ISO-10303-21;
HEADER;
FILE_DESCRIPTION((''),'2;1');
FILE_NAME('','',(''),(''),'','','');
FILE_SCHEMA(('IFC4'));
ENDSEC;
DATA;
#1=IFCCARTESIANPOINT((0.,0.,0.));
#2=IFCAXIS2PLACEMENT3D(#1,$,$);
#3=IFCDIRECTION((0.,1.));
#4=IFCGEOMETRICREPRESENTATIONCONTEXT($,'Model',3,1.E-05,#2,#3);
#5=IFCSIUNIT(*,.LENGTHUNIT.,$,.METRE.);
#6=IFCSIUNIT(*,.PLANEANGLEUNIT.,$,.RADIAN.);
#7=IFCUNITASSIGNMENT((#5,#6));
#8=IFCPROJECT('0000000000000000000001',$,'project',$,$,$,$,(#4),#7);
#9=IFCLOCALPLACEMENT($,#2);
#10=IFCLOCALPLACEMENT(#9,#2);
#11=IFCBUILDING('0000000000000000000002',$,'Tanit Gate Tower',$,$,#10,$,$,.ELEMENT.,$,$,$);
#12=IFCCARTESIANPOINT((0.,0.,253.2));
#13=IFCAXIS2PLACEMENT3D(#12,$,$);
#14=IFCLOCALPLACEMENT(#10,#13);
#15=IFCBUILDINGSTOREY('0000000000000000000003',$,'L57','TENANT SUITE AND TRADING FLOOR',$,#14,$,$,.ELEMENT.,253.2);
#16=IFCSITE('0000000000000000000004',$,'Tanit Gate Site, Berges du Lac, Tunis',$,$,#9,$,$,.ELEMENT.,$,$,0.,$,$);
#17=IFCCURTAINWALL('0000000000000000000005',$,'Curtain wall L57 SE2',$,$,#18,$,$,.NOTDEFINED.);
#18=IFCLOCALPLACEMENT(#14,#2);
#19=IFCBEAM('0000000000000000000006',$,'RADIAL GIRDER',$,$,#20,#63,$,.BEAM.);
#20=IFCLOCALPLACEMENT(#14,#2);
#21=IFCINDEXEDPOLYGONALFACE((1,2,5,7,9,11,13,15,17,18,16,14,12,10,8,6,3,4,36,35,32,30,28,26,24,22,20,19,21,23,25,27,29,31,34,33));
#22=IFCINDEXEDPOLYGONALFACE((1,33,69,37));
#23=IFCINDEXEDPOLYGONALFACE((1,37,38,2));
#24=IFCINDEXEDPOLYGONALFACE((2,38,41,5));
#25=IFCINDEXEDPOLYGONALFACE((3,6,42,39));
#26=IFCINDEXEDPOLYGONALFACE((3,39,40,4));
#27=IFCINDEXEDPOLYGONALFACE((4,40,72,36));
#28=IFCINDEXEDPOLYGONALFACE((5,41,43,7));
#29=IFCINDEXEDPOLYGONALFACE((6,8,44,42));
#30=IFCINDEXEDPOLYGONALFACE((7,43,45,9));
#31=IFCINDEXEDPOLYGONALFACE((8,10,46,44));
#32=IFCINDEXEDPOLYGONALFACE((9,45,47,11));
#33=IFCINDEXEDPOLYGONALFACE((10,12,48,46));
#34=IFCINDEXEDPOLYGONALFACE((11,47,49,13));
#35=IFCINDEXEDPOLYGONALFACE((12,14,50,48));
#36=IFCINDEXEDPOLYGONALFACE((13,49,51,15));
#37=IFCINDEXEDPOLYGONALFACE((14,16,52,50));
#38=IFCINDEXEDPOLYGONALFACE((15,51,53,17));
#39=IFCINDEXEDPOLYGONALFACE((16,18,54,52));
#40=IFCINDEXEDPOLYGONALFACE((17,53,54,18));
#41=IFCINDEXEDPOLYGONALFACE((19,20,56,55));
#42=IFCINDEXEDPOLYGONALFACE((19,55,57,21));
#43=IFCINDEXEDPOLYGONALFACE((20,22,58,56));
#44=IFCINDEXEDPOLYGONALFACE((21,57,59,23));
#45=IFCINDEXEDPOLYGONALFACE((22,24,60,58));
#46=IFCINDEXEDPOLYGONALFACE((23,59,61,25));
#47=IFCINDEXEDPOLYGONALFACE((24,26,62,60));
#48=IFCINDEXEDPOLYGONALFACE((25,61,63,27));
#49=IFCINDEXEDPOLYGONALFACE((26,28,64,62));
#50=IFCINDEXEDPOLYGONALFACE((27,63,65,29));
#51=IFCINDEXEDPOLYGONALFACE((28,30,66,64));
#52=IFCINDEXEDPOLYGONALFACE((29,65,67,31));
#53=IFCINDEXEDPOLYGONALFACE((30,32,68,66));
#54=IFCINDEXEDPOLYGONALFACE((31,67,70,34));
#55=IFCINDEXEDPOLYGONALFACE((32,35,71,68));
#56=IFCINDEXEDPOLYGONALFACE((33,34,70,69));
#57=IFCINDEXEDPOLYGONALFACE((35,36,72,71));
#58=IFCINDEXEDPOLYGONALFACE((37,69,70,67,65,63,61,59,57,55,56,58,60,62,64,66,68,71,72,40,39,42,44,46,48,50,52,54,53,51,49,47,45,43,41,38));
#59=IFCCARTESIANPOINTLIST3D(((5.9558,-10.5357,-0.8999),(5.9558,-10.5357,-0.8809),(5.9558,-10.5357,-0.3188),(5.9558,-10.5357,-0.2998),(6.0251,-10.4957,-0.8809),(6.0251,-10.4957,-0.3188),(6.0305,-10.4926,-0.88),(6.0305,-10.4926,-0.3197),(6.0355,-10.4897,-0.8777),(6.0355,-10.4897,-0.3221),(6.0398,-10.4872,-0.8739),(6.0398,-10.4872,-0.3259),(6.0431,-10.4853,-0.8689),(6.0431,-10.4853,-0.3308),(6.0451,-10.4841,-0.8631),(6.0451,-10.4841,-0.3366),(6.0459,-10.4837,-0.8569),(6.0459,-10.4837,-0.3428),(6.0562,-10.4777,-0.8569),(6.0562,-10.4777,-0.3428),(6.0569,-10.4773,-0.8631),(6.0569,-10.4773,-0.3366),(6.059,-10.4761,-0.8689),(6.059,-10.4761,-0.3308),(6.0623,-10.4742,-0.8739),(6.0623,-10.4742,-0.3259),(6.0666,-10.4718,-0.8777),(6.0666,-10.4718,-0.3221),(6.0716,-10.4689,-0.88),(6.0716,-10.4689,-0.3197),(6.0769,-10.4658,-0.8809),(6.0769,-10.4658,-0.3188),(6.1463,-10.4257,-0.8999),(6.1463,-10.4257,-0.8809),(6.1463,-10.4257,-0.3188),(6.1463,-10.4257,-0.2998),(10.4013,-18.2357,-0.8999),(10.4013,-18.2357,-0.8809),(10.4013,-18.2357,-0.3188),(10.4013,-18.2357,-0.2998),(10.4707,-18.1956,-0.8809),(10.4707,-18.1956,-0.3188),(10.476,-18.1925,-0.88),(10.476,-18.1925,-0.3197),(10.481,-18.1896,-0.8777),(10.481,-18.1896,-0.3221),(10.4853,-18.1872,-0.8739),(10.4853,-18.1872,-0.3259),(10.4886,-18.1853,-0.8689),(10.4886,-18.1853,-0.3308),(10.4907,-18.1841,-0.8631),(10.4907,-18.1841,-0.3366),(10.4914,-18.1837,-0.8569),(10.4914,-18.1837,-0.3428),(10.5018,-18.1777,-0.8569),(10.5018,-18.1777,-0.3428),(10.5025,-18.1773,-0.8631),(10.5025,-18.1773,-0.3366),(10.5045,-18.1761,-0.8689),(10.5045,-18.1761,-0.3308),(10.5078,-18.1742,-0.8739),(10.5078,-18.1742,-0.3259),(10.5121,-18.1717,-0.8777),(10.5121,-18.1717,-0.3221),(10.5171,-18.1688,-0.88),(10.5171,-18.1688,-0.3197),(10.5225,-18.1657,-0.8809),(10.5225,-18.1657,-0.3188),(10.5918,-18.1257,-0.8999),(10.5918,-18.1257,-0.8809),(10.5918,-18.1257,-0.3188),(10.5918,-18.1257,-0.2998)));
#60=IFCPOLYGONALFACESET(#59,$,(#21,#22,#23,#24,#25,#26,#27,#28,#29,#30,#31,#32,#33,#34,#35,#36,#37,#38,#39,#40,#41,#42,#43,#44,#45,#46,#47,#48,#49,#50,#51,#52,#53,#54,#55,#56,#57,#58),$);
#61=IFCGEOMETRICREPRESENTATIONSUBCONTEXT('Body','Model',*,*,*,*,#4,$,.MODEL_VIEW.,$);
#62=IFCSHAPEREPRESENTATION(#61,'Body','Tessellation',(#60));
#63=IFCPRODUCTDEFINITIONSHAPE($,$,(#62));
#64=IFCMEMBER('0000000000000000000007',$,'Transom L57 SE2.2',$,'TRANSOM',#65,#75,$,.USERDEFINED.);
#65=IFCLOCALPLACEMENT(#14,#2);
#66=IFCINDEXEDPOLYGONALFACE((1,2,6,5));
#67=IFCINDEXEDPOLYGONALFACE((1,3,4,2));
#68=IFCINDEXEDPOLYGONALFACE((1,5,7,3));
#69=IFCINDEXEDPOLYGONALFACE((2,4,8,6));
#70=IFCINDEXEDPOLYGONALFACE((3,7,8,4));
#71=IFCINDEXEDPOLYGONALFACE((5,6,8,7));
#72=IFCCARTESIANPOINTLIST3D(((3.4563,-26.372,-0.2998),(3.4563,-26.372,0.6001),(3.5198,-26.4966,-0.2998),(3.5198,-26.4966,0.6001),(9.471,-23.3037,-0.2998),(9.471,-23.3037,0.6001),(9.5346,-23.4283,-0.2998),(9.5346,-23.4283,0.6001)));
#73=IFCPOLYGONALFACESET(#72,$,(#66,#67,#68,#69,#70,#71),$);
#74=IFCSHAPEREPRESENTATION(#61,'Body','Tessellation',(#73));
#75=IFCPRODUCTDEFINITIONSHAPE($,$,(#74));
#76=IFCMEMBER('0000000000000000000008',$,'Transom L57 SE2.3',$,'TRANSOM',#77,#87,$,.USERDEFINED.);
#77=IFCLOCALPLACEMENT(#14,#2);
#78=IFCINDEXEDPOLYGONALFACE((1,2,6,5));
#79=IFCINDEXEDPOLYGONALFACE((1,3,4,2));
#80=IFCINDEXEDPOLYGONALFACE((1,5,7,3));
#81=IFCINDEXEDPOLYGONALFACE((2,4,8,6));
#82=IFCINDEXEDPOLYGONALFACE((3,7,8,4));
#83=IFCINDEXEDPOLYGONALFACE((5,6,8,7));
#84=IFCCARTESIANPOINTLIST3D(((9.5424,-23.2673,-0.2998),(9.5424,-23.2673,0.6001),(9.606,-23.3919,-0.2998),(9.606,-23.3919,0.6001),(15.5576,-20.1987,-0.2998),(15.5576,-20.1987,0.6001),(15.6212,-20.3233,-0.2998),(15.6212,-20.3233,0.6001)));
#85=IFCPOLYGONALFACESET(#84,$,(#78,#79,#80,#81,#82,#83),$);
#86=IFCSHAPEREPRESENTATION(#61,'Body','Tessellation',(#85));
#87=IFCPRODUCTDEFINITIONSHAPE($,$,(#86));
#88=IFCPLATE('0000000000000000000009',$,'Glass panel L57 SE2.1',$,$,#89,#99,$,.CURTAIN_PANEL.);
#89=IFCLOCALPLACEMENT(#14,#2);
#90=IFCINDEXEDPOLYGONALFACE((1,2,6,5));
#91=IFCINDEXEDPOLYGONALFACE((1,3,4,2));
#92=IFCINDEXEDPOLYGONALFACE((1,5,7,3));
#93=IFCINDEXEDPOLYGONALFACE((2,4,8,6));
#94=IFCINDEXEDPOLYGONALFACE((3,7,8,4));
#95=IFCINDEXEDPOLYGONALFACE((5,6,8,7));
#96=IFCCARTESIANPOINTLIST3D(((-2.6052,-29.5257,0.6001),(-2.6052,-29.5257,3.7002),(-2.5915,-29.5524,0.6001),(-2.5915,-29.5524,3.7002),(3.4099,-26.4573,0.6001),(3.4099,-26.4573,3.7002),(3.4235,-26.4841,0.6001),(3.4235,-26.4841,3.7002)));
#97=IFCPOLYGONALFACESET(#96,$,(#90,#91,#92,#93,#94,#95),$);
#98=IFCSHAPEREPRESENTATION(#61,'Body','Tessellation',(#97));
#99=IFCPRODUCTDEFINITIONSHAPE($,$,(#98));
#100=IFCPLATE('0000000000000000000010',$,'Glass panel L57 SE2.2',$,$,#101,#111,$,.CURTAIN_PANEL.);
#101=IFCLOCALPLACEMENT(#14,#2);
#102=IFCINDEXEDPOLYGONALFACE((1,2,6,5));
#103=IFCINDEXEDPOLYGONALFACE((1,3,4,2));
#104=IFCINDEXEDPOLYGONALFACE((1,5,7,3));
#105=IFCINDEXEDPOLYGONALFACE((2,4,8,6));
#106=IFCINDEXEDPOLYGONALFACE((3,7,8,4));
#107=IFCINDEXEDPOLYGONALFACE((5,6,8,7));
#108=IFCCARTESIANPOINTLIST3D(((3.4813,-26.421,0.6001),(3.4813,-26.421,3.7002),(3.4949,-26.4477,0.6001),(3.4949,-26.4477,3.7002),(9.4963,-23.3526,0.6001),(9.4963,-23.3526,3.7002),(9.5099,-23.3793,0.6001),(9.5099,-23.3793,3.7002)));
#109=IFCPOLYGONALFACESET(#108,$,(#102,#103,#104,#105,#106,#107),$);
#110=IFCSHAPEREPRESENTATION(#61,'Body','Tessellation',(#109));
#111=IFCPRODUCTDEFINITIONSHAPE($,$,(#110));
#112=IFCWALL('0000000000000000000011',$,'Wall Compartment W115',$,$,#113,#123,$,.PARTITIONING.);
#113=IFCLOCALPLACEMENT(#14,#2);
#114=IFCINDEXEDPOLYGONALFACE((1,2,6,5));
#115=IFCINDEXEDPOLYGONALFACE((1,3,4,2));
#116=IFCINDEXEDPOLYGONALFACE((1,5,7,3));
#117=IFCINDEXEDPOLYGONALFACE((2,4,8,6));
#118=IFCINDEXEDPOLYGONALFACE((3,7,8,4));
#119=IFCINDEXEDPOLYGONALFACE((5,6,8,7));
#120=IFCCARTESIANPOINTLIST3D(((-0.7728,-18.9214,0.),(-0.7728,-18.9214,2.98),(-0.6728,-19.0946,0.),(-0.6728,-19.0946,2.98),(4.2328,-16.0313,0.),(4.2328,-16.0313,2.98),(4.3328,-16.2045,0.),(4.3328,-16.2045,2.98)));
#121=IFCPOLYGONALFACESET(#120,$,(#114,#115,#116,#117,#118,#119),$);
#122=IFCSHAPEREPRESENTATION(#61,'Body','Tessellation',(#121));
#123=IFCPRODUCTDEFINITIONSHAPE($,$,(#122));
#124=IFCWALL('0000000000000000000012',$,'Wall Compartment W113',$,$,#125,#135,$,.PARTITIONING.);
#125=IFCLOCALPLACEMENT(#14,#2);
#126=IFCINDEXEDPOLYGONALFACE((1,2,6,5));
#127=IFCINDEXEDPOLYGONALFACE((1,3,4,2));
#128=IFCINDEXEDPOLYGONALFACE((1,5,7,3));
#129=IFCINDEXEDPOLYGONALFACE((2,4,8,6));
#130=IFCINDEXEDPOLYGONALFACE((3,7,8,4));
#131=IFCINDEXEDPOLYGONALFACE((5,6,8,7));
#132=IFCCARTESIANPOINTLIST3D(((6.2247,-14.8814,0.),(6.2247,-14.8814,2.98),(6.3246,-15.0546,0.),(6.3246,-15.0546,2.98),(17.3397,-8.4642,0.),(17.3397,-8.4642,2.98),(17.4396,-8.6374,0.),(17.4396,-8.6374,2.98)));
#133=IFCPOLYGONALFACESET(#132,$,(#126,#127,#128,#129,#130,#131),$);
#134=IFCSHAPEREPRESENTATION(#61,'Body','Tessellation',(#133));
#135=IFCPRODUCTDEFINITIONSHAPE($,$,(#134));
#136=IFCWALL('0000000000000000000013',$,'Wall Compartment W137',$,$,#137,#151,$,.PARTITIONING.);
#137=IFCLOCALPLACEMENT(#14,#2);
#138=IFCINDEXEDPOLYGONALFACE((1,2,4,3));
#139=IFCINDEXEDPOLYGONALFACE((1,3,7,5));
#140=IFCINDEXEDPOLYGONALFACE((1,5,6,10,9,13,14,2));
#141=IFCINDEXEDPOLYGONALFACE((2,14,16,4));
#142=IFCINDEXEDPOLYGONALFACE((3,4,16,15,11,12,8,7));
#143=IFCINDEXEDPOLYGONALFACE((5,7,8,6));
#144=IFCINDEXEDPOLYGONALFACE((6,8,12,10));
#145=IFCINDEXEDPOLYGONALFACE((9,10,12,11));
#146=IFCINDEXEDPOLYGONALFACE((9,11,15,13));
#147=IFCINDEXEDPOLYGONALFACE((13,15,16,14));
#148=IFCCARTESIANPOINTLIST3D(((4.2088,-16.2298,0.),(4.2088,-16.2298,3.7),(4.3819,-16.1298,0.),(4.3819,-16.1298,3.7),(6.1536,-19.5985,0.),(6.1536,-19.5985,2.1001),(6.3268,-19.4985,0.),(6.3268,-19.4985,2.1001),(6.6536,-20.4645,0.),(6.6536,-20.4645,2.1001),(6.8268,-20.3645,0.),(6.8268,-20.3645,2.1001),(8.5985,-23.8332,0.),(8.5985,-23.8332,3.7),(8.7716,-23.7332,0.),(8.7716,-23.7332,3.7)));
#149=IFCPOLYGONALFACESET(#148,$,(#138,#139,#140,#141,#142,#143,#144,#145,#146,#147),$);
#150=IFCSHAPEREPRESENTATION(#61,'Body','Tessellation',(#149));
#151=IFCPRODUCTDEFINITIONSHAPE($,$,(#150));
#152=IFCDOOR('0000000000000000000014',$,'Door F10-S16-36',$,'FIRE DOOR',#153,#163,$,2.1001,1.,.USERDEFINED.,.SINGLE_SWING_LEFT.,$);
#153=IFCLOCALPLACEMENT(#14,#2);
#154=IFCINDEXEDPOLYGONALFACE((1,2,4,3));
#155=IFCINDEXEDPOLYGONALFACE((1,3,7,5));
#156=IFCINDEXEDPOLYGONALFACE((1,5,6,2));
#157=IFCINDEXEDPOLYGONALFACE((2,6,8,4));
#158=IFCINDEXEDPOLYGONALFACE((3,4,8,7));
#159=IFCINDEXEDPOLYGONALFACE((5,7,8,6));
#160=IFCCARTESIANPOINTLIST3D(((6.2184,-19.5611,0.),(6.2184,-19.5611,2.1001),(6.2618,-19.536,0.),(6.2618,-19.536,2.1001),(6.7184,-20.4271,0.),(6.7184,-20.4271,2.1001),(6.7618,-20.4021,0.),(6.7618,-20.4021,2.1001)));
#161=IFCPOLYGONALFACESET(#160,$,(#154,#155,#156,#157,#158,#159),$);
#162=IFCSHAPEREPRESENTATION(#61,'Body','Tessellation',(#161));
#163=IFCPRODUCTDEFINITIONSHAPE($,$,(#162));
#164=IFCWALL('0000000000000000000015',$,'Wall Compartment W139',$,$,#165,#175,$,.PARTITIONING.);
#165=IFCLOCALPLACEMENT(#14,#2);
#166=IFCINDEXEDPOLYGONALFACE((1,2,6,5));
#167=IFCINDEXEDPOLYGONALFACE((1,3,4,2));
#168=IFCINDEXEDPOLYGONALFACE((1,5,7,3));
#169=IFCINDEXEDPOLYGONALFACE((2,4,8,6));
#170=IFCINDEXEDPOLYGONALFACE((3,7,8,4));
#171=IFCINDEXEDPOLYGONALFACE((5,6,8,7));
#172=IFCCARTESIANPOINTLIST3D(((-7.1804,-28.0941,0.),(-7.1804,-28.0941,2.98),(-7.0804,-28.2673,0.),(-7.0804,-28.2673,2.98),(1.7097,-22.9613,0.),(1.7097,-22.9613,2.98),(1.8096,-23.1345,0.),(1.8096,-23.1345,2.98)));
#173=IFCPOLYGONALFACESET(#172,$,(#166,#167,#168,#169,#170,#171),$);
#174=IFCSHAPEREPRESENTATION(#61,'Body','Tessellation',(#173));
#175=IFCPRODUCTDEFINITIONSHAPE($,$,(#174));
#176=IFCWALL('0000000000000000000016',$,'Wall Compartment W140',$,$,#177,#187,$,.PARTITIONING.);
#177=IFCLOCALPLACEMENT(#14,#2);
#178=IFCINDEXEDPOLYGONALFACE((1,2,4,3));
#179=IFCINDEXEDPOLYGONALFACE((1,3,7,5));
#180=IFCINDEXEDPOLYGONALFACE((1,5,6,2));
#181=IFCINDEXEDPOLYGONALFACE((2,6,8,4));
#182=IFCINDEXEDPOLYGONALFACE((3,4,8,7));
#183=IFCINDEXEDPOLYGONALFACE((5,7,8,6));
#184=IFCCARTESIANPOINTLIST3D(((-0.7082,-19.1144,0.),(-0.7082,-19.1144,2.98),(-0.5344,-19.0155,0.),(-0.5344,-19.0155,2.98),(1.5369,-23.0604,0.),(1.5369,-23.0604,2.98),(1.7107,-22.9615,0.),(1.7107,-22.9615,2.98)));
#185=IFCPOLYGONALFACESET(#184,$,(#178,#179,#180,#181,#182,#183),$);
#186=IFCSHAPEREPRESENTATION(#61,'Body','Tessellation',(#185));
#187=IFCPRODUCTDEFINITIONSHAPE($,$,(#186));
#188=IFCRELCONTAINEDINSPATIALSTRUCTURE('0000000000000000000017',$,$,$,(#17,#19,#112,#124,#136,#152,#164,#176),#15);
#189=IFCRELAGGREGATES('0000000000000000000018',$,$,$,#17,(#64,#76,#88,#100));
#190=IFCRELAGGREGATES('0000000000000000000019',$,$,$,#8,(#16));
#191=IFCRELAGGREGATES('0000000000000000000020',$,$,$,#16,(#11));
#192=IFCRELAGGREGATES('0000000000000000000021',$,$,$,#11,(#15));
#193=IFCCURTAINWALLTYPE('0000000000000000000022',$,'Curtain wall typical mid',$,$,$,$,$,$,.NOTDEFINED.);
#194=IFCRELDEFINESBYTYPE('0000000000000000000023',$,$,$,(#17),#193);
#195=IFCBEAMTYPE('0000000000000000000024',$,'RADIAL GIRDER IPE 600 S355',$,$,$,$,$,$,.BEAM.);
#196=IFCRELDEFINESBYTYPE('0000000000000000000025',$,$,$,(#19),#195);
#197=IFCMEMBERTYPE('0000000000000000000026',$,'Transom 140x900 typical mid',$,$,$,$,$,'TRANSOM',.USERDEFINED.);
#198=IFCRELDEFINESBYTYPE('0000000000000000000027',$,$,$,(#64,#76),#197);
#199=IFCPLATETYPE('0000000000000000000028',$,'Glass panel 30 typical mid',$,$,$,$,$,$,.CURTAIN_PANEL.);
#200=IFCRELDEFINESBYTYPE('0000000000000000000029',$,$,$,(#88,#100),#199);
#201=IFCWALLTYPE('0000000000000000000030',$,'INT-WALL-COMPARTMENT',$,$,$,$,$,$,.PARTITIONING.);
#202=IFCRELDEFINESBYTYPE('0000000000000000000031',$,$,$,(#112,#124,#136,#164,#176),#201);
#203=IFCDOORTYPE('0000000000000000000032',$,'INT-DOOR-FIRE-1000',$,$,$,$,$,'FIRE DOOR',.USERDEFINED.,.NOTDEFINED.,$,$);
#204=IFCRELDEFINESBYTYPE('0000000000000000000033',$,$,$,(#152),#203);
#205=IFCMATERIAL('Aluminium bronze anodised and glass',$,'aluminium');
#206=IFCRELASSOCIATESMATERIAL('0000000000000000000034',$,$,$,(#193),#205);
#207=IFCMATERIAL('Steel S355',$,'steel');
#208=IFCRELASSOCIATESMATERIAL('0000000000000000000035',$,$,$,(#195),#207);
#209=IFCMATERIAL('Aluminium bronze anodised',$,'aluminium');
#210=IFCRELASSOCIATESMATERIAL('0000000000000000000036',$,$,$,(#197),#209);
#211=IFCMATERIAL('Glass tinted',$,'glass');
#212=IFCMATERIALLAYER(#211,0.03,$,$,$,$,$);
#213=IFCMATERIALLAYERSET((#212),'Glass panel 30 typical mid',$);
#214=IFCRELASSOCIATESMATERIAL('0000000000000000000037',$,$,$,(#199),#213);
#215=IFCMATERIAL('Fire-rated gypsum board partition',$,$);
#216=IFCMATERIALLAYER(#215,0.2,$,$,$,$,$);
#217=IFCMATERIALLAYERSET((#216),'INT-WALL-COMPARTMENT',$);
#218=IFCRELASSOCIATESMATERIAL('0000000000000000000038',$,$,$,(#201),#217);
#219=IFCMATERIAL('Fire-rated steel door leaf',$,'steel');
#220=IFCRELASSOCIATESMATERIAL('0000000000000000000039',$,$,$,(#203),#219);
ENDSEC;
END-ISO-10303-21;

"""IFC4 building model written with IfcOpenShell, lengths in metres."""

from ifc_helpers import new_model, si_unit, direction, frame, frame_2d, origin, origin_2d, place, context, subcontext, project, spatial, rectangle, i_section, extrude, material, layer, layer_set, material_profile, profile_set, type_object, element, fill, aggregate, save


model = new_model("IFC4")

# Units and contexts
model_context = context("Model", 3, precision=1e-05, world=origin(), true_north=direction((0.0, 1.0)))
body_context = subcontext(model_context, "Body", "Model", "MODEL_VIEW")
ifc_project = project(units=[si_unit("LENGTHUNIT", "METRE"), si_unit("PLANEANGLEUNIT", "RADIAN")], contexts=[model_context])

# Site, building, storey
site_placement = place(None, origin())
site = spatial("IfcSite", under=ifc_project, at=site_placement, Name="Tanit Gate Site, Berges du Lac, Tunis", CompositionType="ELEMENT", RefElevation=0.0)
building_placement = place(site_placement, origin())
building = spatial("IfcBuilding", under=site, at=building_placement, Name="Tanit Gate Tower", CompositionType="ELEMENT")
storey_placement = place(building_placement, frame((0.0, 0.0, 253.2)))
storey = spatial("IfcBuildingStorey", under=building, at=storey_placement, Name="L57", Description="TENANT SUITE AND TRADING FLOOR", CompositionType="ELEMENT", Elevation=253.2)

# Curtain wall
ifc_material_1 = material(Name="Aluminium bronze anodised and glass", Category="aluminium")
curtain_wall_type = type_object("IfcCurtainWallType", Name="Curtain wall typical mid", PredefinedType="NOTDEFINED", material=ifc_material_1)
curtain_wall_placement = place(storey_placement, origin())
curtain_wall = element("IfcCurtainWall", 1, at=curtain_wall_placement, inside=storey, type_object=curtain_wall_type, Name="Curtain wall L57 SE2", PredefinedType="NOTDEFINED")

# Beam
ifc_material_2 = material(Name="Steel S355", Category="steel")
ifc_material_profile_1 = material_profile(ifc_material_2, i_section(OverallWidth=0.22, OverallDepth=0.6001, WebThickness=0.012, FlangeThickness=0.019, FilletRadius=0.0239, at=origin_2d()), Name="IPE 600")
ifc_profile_set_1 = profile_set([ifc_material_profile_1], Name="Steel S355")
beam_type_1 = type_object("IfcBeamType", Name="RADIAL GIRDER IPE 600 S355", PredefinedType="BEAM", material=ifc_profile_set_1)
beam_1_placement = place(storey_placement, frame((10.4966, -18.1807, -0.5999), z_axis=(-0.499999, 0.866026, 0.0), x_axis=(-0.866026, -0.499999, 0.0)))
element("IfcBeam", 2, at=beam_1_placement, inside=storey, type_object=beam_type_1, Name="RADIAL GIRDER", PredefinedType="BEAM", context=body_context, shape_type="SweptSolid", body=[
    extrude(i_section(OverallWidth=0.22, OverallDepth=0.6001, WebThickness=0.012, FlangeThickness=0.019, FilletRadius=0.0239, at=origin_2d()), origin(), (0.0, 0.0, 1.0), 8.8911),
])

# Members
ifc_material_3 = material(Name="Aluminium bronze anodised", Category="aluminium")
ifc_material_profile_2 = material_profile(ifc_material_3, rectangle(XDim=0.1399, YDim=0.8999, at=origin_2d()), Name="140x900 bronze transom")
ifc_profile_set_2 = profile_set([ifc_material_profile_2], Name="Aluminium bronze anodised")
member_type_1 = type_object("IfcMemberType", Name="Transom 140x900 typical mid", ElementType="TRANSOM", PredefinedType="USERDEFINED", material=ifc_profile_set_2)
member_1_placement = place(storey_placement, frame((3.488, -26.4343, 0.1501), z_axis=(0.89079, 0.454416, 0.0), x_axis=(-0.454416, 0.89079, 0.0)))
member_1 = element("IfcMember", 3, at=member_1_placement, type_object=member_type_1, Name="Transom L57 SE2.2", ObjectType="TRANSOM", PredefinedType="USERDEFINED", context=body_context, shape_type="SweptSolid", body=[
    extrude(rectangle(XDim=0.1399, YDim=0.8999, at=origin_2d()), origin(), (0.0, 0.0, 1.0), 6.7522),
])
member_2_placement = place(storey_placement, frame((9.5742, -23.3296, 0.1501), z_axis=(0.890782, 0.45443, 0.0), x_axis=(-0.45443, 0.890782, 0.0)))
member_2 = element("IfcMember", 4, at=member_2_placement, type_object=member_type_1, Name="Transom L57 SE2.3", ObjectType="TRANSOM", PredefinedType="USERDEFINED", context=body_context, shape_type="SweptSolid", body=[
    extrude(rectangle(XDim=0.1399, YDim=0.8999, at=origin_2d()), origin(), (0.0, 0.0, 1.0), 6.7527),
])

# Plates
ifc_material_4 = material(Name="Glass tinted", Category="glass")
ifc_layer_1 = layer(ifc_material_4, 0.03)
ifc_layer_set_1 = layer_set([ifc_layer_1], Name="Glass panel 30 typical mid")
plate_type = type_object("IfcPlateType", Name="Glass panel 30 typical mid", PredefinedType="CURTAIN_PANEL", material=ifc_layer_set_1)
plate_1_placement = place(storey_placement, frame((0.4092, -28.0049, 0.6001), z_axis=(0.0, 0.0, 1.0), x_axis=(0.890792, 0.454411, 0.0)))
plate_1 = element("IfcPlate", 5, at=plate_1_placement, type_object=plate_type, Name="Glass panel L57 SE2.1", PredefinedType="CURTAIN_PANEL", context=body_context, shape_type="SweptSolid", body=[
    extrude(rectangle(XDim=6.7524, YDim=0.03, at=origin_2d()), origin(), (0.0, 0.0, 1.0), 3.1001),
])
plate_2_placement = place(storey_placement, frame((6.4956, -24.9001, 0.6001), z_axis=(0.0, 0.0, 1.0), x_axis=(0.890792, 0.454411, 0.0)))
plate_2 = element("IfcPlate", 6, at=plate_2_placement, type_object=plate_type, Name="Glass panel L57 SE2.2", PredefinedType="CURTAIN_PANEL", context=body_context, shape_type="SweptSolid", body=[
    extrude(rectangle(XDim=6.7524, YDim=0.03, at=origin_2d()), origin(), (0.0, 0.0, 1.0), 3.1001),
])
aggregate(curtain_wall, [member_1, member_2, plate_1, plate_2])

# Walls
ifc_material_5 = material(Name="Fire-rated gypsum board partition")
ifc_layer_2 = layer(ifc_material_5, 0.2)
ifc_layer_set_2 = layer_set([ifc_layer_2], Name="INT-WALL-COMPARTMENT")
wall_type_1 = type_object("IfcWallType", Name="INT-WALL-COMPARTMENT", PredefinedType="PARTITIONING", material=ifc_layer_set_2)
wall_1_placement = place(storey_placement, frame((-0.7229, -19.0081, 0.0), z_axis=(0.0, 0.0, 1.0), x_axis=(0.866015, 0.500019, 0.0)))
element("IfcWall", 7, at=wall_1_placement, inside=storey, type_object=wall_type_1, Name="Wall Compartment W115", PredefinedType="PARTITIONING", context=body_context, shape_type="SweptSolid", body=[
    extrude(rectangle(XDim=5.78, YDim=0.2, at=frame_2d((2.8901, 0.0))), origin(), (0.0, 0.0, 1.0), 2.98),
])
wall_2_placement = place(storey_placement, frame((6.2747, -14.968, 0.0), z_axis=(0.0, 0.0, 1.0), x_axis=(0.866026, 0.5, 0.0)))
element("IfcWall", 8, at=wall_2_placement, inside=storey, type_object=wall_type_1, Name="Wall Compartment W113", PredefinedType="PARTITIONING", context=body_context, shape_type="SweptSolid", body=[
    extrude(rectangle(XDim=12.8345, YDim=0.2, at=frame_2d((6.4172, 0.0))), origin(), (0.0, 0.0, 1.0), 2.98),
])

# Wall, opening, door
wall_3_placement = place(storey_placement, frame((4.2954, -16.1799, 0.0), z_axis=(0.0, 0.0, 1.0), x_axis=(0.499991, -0.86603, 0.0)))
wall_3 = element("IfcWall", 9, at=wall_3_placement, inside=storey, type_object=wall_type_1, Name="Wall Compartment W137", PredefinedType="PARTITIONING", context=body_context, shape_type="SweptSolid", body=[
    extrude(rectangle(XDim=8.7795, YDim=0.2, at=frame_2d((4.3896, 0.0))), origin(), (0.0, 0.0, 1.0), 3.7),
])
opening_1_placement = place(wall_3_placement, frame((3.8896, 0.0, 0.0)))
opening_1 = element("IfcOpeningElement", 10, at=opening_1_placement, cuts=wall_3, PredefinedType="OPENING", context=body_context, shape_type="SweptSolid", body=[
    extrude(rectangle(XDim=1.0, YDim=2.1001, at=frame_2d((0.5, 1.05))), frame((0.0, 0.1099, 0.0), z_axis=(0.0, -1.0, 0.0), x_axis=(1.0, 0.0, 0.0)), (0.0, 0.0, 1.0), 0.22),
])
ifc_material_6 = material(Name="Fire-rated steel door leaf", Category="steel")
door_type_1 = type_object("IfcDoorType", Name="INT-DOOR-FIRE-1000", ElementType="FIRE DOOR", OperationType="NOTDEFINED", PredefinedType="USERDEFINED", material=ifc_material_6)
door_1_placement = place(opening_1_placement, origin())
door_1 = element("IfcDoor", 11, at=door_1_placement, inside=storey, type_object=door_type_1, Name="Door F10-S16-36", ObjectType="FIRE DOOR", OperationType="SINGLE_SWING_LEFT", OverallHeight=2.1001, OverallWidth=1.0, PredefinedType="USERDEFINED", context=body_context, shape_type="SweptSolid", body=[
    extrude(rectangle(XDim=1.0, YDim=2.1001, at=frame_2d((0.5, 1.05))), frame((0.0, 0.0249, 0.0), z_axis=(0.0, -1.0, 0.0), x_axis=(1.0, 0.0, 0.0)), (0.0, 0.0, 1.0), 0.05),
])
fill(opening_1, door_1)

# Walls
wall_4_placement = place(storey_placement, frame((1.7598, -23.0479, 0.0), z_axis=(0.0, 0.0, 1.0), x_axis=(-0.866022, -0.500007, 0.0)))
element("IfcWall", 12, at=wall_4_placement, inside=storey, type_object=wall_type_1, Name="Wall Compartment W139", PredefinedType="PARTITIONING", context=body_context, shape_type="SweptSolid", body=[
    extrude(rectangle(XDim=10.2654, YDim=0.2, at=frame_2d((5.1328, 0.0))), origin(), (0.0, 0.0, 1.0), 2.98),
])
wall_5_placement = place(storey_placement, frame((1.6238, -23.011, 0.0), z_axis=(0.0, 0.0, 1.0), x_axis=(-0.494517, 0.869168, 0.0)))
element("IfcWall", 13, at=wall_5_placement, inside=storey, type_object=wall_type_1, Name="Wall Compartment W140", PredefinedType="PARTITIONING", context=body_context, shape_type="SweptSolid", body=[
    extrude(rectangle(XDim=4.54, YDim=0.2, at=frame_2d((2.27, 0.0))), origin(), (0.0, 0.0, 1.0), 2.98),
])

save(model, "model.ifc")
